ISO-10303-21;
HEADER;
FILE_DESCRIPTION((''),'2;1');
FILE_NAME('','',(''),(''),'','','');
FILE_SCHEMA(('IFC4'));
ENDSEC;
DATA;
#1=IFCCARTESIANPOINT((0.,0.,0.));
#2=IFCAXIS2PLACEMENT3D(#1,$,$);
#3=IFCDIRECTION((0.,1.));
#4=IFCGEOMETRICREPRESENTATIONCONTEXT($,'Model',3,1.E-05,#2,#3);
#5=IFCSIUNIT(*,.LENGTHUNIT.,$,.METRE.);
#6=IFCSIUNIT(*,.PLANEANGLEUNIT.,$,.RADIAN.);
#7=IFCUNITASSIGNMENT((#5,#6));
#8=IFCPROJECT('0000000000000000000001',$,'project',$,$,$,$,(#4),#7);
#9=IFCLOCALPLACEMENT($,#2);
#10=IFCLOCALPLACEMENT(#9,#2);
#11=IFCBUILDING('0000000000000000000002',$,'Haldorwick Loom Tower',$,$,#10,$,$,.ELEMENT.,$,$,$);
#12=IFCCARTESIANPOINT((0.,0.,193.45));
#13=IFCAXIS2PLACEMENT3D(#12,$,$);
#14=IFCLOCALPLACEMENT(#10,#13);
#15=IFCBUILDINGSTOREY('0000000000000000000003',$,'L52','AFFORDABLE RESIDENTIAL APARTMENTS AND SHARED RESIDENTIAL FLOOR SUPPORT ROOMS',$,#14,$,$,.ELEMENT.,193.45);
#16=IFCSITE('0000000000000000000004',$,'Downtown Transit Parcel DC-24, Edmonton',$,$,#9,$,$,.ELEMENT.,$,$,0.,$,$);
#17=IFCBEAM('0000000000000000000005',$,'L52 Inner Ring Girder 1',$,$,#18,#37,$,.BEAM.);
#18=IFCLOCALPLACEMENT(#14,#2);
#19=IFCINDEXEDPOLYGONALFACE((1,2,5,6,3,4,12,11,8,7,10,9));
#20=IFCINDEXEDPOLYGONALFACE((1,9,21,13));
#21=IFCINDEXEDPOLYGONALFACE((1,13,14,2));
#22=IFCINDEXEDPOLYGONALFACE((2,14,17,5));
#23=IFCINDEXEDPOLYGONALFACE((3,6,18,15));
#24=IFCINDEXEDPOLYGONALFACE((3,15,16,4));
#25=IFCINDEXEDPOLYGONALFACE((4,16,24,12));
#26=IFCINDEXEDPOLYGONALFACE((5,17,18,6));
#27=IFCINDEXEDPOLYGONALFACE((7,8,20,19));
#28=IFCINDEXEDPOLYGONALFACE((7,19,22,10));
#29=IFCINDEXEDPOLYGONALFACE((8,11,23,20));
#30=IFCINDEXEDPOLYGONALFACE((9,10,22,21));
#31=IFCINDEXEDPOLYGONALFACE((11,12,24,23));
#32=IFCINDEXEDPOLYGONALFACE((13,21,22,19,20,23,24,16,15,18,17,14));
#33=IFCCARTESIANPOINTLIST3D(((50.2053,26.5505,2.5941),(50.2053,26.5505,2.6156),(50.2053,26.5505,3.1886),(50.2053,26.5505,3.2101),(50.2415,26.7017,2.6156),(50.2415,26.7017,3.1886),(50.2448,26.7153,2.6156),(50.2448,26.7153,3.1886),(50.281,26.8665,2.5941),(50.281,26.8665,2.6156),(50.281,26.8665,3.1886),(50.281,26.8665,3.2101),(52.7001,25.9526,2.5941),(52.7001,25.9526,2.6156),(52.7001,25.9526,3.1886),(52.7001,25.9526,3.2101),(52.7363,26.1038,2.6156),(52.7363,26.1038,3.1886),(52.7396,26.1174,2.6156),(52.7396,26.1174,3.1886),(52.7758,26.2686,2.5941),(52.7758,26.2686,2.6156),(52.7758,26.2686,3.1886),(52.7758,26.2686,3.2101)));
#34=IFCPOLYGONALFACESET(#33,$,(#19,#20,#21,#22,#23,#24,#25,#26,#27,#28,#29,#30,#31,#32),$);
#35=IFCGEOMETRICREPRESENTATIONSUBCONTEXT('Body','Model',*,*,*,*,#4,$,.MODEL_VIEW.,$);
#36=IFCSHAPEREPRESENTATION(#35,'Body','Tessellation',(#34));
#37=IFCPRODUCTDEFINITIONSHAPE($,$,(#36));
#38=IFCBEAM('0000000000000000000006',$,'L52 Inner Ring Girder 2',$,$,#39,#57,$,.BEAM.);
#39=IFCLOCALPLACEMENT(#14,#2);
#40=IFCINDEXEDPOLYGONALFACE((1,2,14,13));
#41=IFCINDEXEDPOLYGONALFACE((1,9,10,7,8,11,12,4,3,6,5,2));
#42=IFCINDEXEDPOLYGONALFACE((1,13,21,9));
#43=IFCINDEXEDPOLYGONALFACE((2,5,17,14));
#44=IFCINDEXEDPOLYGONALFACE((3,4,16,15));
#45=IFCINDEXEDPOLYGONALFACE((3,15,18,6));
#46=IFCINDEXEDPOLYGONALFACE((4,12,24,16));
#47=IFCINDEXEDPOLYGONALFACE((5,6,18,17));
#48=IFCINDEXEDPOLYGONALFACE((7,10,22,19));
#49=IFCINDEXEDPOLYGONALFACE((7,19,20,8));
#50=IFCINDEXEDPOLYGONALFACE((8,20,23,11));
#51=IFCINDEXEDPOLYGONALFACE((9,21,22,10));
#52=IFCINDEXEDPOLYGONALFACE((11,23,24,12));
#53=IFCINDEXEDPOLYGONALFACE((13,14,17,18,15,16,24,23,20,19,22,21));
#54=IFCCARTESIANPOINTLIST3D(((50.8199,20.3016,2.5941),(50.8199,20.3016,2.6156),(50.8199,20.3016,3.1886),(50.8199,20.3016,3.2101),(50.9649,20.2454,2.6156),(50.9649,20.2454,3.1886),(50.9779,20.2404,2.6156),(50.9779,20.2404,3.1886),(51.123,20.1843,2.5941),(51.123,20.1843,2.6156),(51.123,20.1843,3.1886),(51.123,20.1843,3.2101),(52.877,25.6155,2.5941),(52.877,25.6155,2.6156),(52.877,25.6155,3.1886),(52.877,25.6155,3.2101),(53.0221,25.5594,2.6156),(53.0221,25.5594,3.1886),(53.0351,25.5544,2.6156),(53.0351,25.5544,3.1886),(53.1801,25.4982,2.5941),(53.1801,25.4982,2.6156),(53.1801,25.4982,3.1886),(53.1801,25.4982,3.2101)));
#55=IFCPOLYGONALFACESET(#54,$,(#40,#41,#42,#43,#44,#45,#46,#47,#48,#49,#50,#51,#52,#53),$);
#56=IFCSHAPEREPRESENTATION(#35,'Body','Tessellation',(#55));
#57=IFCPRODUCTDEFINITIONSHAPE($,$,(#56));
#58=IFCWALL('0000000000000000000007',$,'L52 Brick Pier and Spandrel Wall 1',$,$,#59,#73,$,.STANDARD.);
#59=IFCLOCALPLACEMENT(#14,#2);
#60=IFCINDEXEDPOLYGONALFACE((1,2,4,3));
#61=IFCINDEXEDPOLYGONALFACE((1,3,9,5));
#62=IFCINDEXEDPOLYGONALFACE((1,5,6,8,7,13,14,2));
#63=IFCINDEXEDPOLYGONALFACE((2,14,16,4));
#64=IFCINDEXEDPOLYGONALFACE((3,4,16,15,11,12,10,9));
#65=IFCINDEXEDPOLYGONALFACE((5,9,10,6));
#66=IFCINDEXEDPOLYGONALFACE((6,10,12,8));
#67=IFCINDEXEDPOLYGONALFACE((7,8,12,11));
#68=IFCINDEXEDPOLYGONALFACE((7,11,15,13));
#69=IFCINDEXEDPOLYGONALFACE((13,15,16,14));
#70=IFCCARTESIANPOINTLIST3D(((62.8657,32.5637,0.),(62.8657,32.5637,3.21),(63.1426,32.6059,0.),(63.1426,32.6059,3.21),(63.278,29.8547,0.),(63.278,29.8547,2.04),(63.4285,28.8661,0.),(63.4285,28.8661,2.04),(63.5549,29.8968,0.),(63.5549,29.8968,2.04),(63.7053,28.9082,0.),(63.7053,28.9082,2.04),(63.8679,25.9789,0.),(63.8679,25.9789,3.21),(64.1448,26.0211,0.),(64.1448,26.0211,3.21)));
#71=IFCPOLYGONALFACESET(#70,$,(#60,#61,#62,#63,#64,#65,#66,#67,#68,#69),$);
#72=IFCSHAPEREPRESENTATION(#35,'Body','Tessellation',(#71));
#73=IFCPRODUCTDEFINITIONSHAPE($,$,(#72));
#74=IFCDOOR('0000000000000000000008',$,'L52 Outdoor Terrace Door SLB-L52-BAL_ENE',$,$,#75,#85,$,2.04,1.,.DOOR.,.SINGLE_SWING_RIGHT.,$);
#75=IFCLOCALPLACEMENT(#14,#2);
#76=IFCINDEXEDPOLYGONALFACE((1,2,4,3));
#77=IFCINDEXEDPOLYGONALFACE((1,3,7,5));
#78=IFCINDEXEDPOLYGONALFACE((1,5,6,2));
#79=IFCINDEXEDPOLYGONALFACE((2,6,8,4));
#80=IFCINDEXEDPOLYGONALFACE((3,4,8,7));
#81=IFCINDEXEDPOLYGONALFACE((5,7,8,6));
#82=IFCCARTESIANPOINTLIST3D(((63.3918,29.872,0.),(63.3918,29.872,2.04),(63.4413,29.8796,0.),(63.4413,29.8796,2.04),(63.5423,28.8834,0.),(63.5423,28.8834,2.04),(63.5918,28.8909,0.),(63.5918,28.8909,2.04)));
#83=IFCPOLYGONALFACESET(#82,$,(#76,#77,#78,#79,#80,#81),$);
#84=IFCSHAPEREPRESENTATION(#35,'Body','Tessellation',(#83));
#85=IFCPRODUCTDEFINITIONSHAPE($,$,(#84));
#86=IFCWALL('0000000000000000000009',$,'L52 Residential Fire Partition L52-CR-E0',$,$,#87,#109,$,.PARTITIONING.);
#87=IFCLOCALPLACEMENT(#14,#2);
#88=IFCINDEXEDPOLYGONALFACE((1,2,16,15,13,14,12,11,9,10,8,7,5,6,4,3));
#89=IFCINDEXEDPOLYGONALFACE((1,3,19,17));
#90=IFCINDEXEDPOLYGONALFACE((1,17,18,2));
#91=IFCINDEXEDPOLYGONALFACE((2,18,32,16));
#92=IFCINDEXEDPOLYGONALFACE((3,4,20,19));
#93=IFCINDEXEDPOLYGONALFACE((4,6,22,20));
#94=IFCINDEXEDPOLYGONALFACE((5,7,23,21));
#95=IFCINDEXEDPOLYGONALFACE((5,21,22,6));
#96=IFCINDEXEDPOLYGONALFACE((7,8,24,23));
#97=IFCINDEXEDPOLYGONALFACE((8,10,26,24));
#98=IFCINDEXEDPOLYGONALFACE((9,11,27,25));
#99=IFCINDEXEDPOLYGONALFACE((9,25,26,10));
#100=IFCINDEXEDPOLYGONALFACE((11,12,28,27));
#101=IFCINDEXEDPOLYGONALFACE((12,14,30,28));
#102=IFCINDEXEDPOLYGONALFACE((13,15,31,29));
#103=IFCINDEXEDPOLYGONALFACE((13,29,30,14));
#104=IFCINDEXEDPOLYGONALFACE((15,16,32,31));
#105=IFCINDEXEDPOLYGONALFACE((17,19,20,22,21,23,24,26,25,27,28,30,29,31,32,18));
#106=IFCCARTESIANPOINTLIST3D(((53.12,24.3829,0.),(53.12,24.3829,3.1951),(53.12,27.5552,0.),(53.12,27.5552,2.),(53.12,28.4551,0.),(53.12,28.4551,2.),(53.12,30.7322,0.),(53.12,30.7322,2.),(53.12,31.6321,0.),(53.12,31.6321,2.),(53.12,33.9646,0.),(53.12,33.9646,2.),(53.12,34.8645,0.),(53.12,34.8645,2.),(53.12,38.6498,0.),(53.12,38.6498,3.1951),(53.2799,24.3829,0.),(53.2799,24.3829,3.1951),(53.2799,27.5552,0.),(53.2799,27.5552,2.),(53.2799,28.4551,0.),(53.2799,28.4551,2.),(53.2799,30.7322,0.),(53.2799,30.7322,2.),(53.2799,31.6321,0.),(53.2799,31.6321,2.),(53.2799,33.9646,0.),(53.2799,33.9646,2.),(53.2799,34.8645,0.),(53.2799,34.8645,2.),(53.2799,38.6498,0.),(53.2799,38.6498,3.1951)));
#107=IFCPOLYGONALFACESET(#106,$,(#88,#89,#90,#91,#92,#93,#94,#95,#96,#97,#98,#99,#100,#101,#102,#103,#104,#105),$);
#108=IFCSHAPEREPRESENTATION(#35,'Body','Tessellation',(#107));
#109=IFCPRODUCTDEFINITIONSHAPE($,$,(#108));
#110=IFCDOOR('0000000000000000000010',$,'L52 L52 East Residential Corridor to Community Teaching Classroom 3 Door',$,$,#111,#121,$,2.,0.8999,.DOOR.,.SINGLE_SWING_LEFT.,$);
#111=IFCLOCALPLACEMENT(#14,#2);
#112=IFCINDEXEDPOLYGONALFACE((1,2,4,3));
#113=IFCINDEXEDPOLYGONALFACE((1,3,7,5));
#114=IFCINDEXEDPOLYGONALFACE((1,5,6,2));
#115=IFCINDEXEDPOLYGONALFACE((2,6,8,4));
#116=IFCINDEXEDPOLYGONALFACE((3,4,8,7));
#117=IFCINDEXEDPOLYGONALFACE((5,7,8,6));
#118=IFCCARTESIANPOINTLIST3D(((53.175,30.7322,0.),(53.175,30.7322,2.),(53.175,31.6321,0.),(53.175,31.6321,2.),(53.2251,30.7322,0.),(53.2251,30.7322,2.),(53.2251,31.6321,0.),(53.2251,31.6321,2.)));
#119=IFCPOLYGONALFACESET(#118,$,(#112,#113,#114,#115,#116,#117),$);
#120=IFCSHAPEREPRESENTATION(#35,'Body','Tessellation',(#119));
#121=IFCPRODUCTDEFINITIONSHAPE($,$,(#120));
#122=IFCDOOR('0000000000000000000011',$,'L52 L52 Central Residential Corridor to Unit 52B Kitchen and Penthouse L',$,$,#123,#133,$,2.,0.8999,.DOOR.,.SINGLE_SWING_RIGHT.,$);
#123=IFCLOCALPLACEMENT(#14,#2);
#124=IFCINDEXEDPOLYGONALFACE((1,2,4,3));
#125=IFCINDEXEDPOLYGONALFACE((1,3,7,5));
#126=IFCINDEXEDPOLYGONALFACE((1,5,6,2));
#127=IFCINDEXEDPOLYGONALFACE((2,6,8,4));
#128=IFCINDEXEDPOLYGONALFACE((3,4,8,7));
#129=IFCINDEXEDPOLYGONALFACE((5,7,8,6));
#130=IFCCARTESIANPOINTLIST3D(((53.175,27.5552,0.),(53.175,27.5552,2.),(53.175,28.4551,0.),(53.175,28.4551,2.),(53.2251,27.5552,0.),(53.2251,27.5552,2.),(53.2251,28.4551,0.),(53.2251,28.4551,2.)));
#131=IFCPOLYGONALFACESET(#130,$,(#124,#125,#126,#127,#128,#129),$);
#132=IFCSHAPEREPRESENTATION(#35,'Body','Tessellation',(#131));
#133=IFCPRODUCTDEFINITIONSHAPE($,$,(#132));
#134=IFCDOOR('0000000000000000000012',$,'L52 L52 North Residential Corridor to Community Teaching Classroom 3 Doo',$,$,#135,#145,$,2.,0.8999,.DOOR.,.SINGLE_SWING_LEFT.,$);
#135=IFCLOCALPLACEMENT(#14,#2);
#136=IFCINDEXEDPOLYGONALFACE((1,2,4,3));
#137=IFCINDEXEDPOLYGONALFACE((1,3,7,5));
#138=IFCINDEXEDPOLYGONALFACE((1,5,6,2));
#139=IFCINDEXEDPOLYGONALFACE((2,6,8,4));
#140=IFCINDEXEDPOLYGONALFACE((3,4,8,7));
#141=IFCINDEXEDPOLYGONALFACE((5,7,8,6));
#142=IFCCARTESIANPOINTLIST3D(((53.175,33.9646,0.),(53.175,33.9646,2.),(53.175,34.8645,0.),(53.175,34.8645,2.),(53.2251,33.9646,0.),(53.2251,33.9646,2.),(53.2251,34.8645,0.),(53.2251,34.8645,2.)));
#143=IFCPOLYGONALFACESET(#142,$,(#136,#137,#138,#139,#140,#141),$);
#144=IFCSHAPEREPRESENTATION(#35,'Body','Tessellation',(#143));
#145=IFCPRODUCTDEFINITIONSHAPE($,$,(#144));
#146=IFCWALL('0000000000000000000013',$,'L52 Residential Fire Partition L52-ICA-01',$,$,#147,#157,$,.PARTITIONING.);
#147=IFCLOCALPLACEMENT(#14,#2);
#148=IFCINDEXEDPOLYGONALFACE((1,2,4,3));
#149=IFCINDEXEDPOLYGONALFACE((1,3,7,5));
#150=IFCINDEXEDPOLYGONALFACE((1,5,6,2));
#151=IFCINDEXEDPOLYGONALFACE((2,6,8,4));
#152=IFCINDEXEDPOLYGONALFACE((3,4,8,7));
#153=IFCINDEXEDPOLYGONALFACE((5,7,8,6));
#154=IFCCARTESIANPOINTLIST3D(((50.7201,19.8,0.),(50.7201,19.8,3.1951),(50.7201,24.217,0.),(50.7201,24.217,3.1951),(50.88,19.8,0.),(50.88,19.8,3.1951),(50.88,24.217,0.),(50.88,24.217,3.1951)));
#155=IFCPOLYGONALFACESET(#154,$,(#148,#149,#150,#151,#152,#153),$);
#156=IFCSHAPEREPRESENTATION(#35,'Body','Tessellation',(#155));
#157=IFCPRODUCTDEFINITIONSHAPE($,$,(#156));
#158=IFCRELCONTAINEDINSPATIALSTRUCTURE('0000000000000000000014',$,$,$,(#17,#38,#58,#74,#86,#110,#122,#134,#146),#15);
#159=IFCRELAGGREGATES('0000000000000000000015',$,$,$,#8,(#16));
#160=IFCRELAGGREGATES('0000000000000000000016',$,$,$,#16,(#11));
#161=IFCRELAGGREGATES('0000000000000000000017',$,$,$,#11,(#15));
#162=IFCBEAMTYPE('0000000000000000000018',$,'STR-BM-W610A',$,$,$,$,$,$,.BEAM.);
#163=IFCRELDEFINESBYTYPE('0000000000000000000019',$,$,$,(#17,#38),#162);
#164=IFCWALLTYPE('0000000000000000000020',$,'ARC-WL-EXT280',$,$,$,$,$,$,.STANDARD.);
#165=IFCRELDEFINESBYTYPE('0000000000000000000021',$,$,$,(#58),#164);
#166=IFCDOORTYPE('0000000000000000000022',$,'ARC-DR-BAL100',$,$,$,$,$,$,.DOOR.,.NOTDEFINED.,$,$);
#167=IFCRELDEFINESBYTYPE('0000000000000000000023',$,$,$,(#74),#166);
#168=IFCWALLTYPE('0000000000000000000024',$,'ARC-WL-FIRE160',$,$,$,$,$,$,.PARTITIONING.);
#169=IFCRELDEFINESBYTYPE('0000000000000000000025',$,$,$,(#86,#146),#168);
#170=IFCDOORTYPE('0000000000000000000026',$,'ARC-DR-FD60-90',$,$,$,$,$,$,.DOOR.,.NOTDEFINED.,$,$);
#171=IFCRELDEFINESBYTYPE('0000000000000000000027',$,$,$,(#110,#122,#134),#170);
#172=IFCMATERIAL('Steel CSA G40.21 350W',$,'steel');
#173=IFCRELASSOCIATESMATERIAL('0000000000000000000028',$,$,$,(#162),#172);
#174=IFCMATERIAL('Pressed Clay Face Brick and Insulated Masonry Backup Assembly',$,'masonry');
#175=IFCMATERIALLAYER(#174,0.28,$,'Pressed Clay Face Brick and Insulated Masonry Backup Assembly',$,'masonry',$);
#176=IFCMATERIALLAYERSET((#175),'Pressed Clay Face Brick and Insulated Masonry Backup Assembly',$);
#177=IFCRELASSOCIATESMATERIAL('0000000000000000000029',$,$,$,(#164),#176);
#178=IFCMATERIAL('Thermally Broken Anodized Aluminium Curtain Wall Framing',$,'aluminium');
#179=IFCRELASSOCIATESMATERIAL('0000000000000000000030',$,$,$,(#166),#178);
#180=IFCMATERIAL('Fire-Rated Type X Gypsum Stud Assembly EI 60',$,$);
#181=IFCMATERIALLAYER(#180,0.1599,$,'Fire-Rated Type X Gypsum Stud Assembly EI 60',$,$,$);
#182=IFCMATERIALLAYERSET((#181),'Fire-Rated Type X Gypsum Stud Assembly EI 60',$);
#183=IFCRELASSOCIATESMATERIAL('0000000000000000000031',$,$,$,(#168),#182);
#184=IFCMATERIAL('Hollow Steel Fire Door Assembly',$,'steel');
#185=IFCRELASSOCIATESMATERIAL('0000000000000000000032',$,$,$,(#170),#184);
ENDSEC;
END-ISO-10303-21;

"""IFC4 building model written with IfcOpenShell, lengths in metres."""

from ifc_helpers import new_model, si_unit, direction, frame, frame_2d, origin, origin_2d, place, context, subcontext, project, spatial, rectangle, i_section, extrude, material, layer, layer_set, material_profile, profile_set, type_object, element, fill, save


model = new_model("IFC4")

# Units and contexts
model_context = context("Model", 3, precision=1e-05, world=origin(), true_north=direction((0.0, 1.0)))
body_context = subcontext(model_context, "Body", "Model", "MODEL_VIEW")
ifc_project = project(units=[si_unit("LENGTHUNIT", "METRE"), si_unit("PLANEANGLEUNIT", "RADIAN")], contexts=[model_context])

# Site, building, storey
site_placement = place(None, origin())
site = spatial("IfcSite", under=ifc_project, at=site_placement, Name="Downtown Transit Parcel DC-24, Edmonton", CompositionType="ELEMENT", RefElevation=0.0)
building_placement = place(site_placement, origin())
building = spatial("IfcBuilding", under=site, at=building_placement, Name="Haldorwick Loom Tower", CompositionType="ELEMENT")
storey_placement = place(building_placement, frame((0.0, 0.0, 193.45)))
storey = spatial("IfcBuildingStorey", under=building, at=storey_placement, Name="L52", Description="AFFORDABLE RESIDENTIAL APARTMENTS AND SHARED RESIDENTIAL FLOOR SUPPORT ROOMS", CompositionType="ELEMENT", Elevation=193.45)

# Shared definitions
ifc_material_1 = material(Name="Steel CSA G40.21 350W", Category="steel")

# Beams
ifc_material_profile_1 = material_profile(ifc_material_1, i_section(OverallWidth=0.325, OverallDepth=0.616, WebThickness=0.0139, FlangeThickness=0.0215, at=origin_2d()), Name="W610X174", Category="steel")
ifc_profile_set_1 = profile_set([ifc_material_profile_1], Name="Steel CSA G40.21 350W")
beam_type_1 = type_object("IfcBeamType", Name="STR-BM-W610A", PredefinedType="BEAM", material=ifc_profile_set_1)
beam_1_placement = place(storey_placement, frame((50.2432, 26.7085, 2.9021), z_axis=(0.972464, -0.233053, 0.0), x_axis=(0.233053, 0.972464, 0.0)))
element("IfcBeam", 1, at=beam_1_placement, inside=storey, type_object=beam_type_1, Name="L52 Inner Ring Girder 1", PredefinedType="BEAM", context=body_context, shape_type="SweptSolid", body=[
    extrude(i_section(OverallWidth=0.325, OverallDepth=0.616, WebThickness=0.0139, FlangeThickness=0.0215, at=origin_2d()), origin(), (0.0, 0.0, 1.0), 2.5654),
])
beam_2_placement = place(storey_placement, frame((53.0286, 25.5569, 2.9021), z_axis=(-0.361011, -0.932562, 0.0), x_axis=(0.932562, -0.361011, 0.0)))
element("IfcBeam", 2, at=beam_2_placement, inside=storey, type_object=beam_type_1, Name="L52 Inner Ring Girder 2", PredefinedType="BEAM", context=body_context, shape_type="SweptSolid", body=[
    extrude(i_section(OverallWidth=0.325, OverallDepth=0.616, WebThickness=0.0139, FlangeThickness=0.0215, at=origin_2d()), origin(), (0.0, 0.0, 1.0), 5.6982),
])

# Wall, opening, door
ifc_material_2 = material(Name="Pressed Clay Face Brick and Insulated Masonry Backup Assembly", Category="masonry")
ifc_layer_1 = layer(ifc_material_2, 0.28, Name="Pressed Clay Face Brick and Insulated Masonry Backup Assembly", Category="masonry")
ifc_layer_set_1 = layer_set([ifc_layer_1], Name="Pressed Clay Face Brick and Insulated Masonry Backup Assembly")
wall_type_1 = type_object("IfcWallType", Name="ARC-WL-EXT280", PredefinedType="STANDARD", material=ifc_layer_set_1)
wall_1_placement = place(storey_placement, frame((64.0063, 26.0, 0.0), z_axis=(0.0, 0.0, 1.0), x_axis=(-0.150468, 0.988615, 0.0)))
wall_1 = element("IfcWall", 3, at=wall_1_placement, inside=storey, type_object=wall_type_1, Name="L52 Brick Pier and Spandrel Wall 1", PredefinedType="STANDARD", context=body_context, shape_type="SweptSolid", body=[
    extrude(rectangle(XDim=6.6606, YDim=0.28, at=frame_2d((3.3303, 0.0))), origin(), (0.0, 0.0, 1.0), 3.21),
])
opening_1_placement = place(wall_1_placement, frame((2.9204, 0.0, 0.0)))
opening_1 = element("IfcOpeningElement", 4, at=opening_1_placement, cuts=wall_1, PredefinedType="OPENING", context=body_context, shape_type="SweptSolid", body=[
    extrude(rectangle(XDim=1.0, YDim=2.04, at=frame_2d((0.5, 1.02))), frame((0.0, 0.1499, 0.0), z_axis=(0.0, -1.0, 0.0), x_axis=(1.0, 0.0, 0.0)), (0.0, 0.0, 1.0), 0.3),
])
ifc_material_3 = material(Name="Thermally Broken Anodized Aluminium Curtain Wall Framing", Category="aluminium")
door_type_1 = type_object("IfcDoorType", Name="ARC-DR-BAL100", OperationType="NOTDEFINED", PredefinedType="DOOR", material=ifc_material_3)
door_1_placement = place(opening_1_placement, origin())
door_1 = element("IfcDoor", 5, at=door_1_placement, inside=storey, type_object=door_type_1, Name="L52 Outdoor Terrace Door SLB-L52-BAL_ENE", OperationType="SINGLE_SWING_RIGHT", OverallHeight=2.04, OverallWidth=1.0, PredefinedType="DOOR", context=body_context, shape_type="SweptSolid", body=[
    extrude(rectangle(XDim=1.0, YDim=2.04, at=frame_2d((0.5, 1.02))), frame((0.0, 0.0249, 0.0), z_axis=(0.0, -1.0, 0.0), x_axis=(1.0, 0.0, 0.0)), (0.0, 0.0, 1.0), 0.05),
])
fill(opening_1, door_1)

# Wall, openings, doors
ifc_material_4 = material(Name="Fire-Rated Type X Gypsum Stud Assembly EI 60")
ifc_layer_2 = layer(ifc_material_4, 0.1599, Name="Fire-Rated Type X Gypsum Stud Assembly EI 60")
ifc_layer_set_2 = layer_set([ifc_layer_2], Name="Fire-Rated Type X Gypsum Stud Assembly EI 60")
wall_type_2 = type_object("IfcWallType", Name="ARC-WL-FIRE160", PredefinedType="PARTITIONING", material=ifc_layer_set_2)
wall_2_placement = place(storey_placement, frame((53.2, 24.3831, 0.0), z_axis=(0.0, 0.0, 1.0), x_axis=(0.0, 1.0, 0.0)))
wall_2 = element("IfcWall", 6, at=wall_2_placement, inside=storey, type_object=wall_type_2, Name="L52 Residential Fire Partition L52-CR-E0", PredefinedType="PARTITIONING", context=body_context, shape_type="SweptSolid", body=[
    extrude(rectangle(XDim=14.2668, YDim=0.1599, at=frame_2d((7.1333, 0.0))), origin(), (0.0, 0.0, 1.0), 3.1951),
])
opening_2_placement = place(wall_2_placement, frame((6.3491, 0.0, 0.0)))
opening_2 = element("IfcOpeningElement", 7, at=opening_2_placement, cuts=wall_2, PredefinedType="OPENING", context=body_context, shape_type="SweptSolid", body=[
    extrude(rectangle(XDim=0.8999, YDim=2.0, at=frame_2d((0.45, 1.0))), frame((0.0, 0.0898, 0.0), z_axis=(0.0, -1.0, 0.0), x_axis=(1.0, 0.0, 0.0)), (0.0, 0.0, 1.0), 0.1799),
])
opening_3_placement = place(wall_2_placement, frame((3.1721, 0.0, 0.0)))
opening_3 = element("IfcOpeningElement", 8, at=opening_3_placement, cuts=wall_2, PredefinedType="OPENING", context=body_context, shape_type="SweptSolid", body=[
    extrude(rectangle(XDim=0.8999, YDim=2.0, at=frame_2d((0.45, 1.0))), frame((0.0, 0.0898, 0.0), z_axis=(0.0, -1.0, 0.0), x_axis=(1.0, 0.0, 0.0)), (0.0, 0.0, 1.0), 0.1799),
])
opening_4_placement = place(wall_2_placement, frame((9.5815, 0.0, 0.0)))
opening_4 = element("IfcOpeningElement", 9, at=opening_4_placement, cuts=wall_2, PredefinedType="OPENING", context=body_context, shape_type="SweptSolid", body=[
    extrude(rectangle(XDim=0.8999, YDim=2.0, at=frame_2d((0.45, 1.0))), frame((0.0, 0.0898, 0.0), z_axis=(0.0, -1.0, 0.0), x_axis=(1.0, 0.0, 0.0)), (0.0, 0.0, 1.0), 0.1799),
])
ifc_material_5 = material(Name="Hollow Steel Fire Door Assembly", Category="steel")
door_type_2 = type_object("IfcDoorType", Name="ARC-DR-FD60-90", OperationType="NOTDEFINED", PredefinedType="DOOR", material=ifc_material_5)
door_2_placement = place(opening_2_placement, origin())
door_2 = element("IfcDoor", 10, at=door_2_placement, inside=storey, type_object=door_type_2, Name="L52 L52 East Residential Corridor to Community Teaching Classroom 3 Door", OperationType="SINGLE_SWING_LEFT", OverallHeight=2.0, OverallWidth=0.8999, PredefinedType="DOOR", context=body_context, shape_type="SweptSolid", body=[
    extrude(rectangle(XDim=0.8999, YDim=2.0, at=frame_2d((0.45, 1.0))), frame((0.0, 0.0249, 0.0), z_axis=(0.0, -1.0, 0.0), x_axis=(1.0, 0.0, 0.0)), (0.0, 0.0, 1.0), 0.05),
])
fill(opening_2, door_2)
door_3_placement = place(opening_3_placement, origin())
door_3 = element("IfcDoor", 11, at=door_3_placement, inside=storey, type_object=door_type_2, Name="L52 L52 Central Residential Corridor to Unit 52B Kitchen and Penthouse L", OperationType="SINGLE_SWING_RIGHT", OverallHeight=2.0, OverallWidth=0.8999, PredefinedType="DOOR", context=body_context, shape_type="SweptSolid", body=[
    extrude(rectangle(XDim=0.8999, YDim=2.0, at=frame_2d((0.45, 1.0))), frame((0.0, 0.0249, 0.0), z_axis=(0.0, -1.0, 0.0), x_axis=(1.0, 0.0, 0.0)), (0.0, 0.0, 1.0), 0.05),
])
fill(opening_3, door_3)
door_4_placement = place(opening_4_placement, origin())
door_4 = element("IfcDoor", 12, at=door_4_placement, inside=storey, type_object=door_type_2, Name="L52 L52 North Residential Corridor to Community Teaching Classroom 3 Doo", OperationType="SINGLE_SWING_LEFT", OverallHeight=2.0, OverallWidth=0.8999, PredefinedType="DOOR", context=body_context, shape_type="SweptSolid", body=[
    extrude(rectangle(XDim=0.8999, YDim=2.0, at=frame_2d((0.45, 1.0))), frame((0.0, 0.0249, 0.0), z_axis=(0.0, -1.0, 0.0), x_axis=(1.0, 0.0, 0.0)), (0.0, 0.0, 1.0), 0.05),
])
fill(opening_4, door_4)

# Wall
wall_3_placement = place(storey_placement, frame((50.8, 24.217, 0.0), z_axis=(0.0, 0.0, 1.0), x_axis=(0.0, -1.0, 0.0)))
element("IfcWall", 13, at=wall_3_placement, inside=storey, type_object=wall_type_2, Name="L52 Residential Fire Partition L52-ICA-01", PredefinedType="PARTITIONING", context=body_context, shape_type="SweptSolid", body=[
    extrude(rectangle(XDim=4.417, YDim=0.1599, at=frame_2d((2.2085, 0.0))), origin(), (0.0, 0.0, 1.0), 3.1951),
])

save(model, "model.ifc")
